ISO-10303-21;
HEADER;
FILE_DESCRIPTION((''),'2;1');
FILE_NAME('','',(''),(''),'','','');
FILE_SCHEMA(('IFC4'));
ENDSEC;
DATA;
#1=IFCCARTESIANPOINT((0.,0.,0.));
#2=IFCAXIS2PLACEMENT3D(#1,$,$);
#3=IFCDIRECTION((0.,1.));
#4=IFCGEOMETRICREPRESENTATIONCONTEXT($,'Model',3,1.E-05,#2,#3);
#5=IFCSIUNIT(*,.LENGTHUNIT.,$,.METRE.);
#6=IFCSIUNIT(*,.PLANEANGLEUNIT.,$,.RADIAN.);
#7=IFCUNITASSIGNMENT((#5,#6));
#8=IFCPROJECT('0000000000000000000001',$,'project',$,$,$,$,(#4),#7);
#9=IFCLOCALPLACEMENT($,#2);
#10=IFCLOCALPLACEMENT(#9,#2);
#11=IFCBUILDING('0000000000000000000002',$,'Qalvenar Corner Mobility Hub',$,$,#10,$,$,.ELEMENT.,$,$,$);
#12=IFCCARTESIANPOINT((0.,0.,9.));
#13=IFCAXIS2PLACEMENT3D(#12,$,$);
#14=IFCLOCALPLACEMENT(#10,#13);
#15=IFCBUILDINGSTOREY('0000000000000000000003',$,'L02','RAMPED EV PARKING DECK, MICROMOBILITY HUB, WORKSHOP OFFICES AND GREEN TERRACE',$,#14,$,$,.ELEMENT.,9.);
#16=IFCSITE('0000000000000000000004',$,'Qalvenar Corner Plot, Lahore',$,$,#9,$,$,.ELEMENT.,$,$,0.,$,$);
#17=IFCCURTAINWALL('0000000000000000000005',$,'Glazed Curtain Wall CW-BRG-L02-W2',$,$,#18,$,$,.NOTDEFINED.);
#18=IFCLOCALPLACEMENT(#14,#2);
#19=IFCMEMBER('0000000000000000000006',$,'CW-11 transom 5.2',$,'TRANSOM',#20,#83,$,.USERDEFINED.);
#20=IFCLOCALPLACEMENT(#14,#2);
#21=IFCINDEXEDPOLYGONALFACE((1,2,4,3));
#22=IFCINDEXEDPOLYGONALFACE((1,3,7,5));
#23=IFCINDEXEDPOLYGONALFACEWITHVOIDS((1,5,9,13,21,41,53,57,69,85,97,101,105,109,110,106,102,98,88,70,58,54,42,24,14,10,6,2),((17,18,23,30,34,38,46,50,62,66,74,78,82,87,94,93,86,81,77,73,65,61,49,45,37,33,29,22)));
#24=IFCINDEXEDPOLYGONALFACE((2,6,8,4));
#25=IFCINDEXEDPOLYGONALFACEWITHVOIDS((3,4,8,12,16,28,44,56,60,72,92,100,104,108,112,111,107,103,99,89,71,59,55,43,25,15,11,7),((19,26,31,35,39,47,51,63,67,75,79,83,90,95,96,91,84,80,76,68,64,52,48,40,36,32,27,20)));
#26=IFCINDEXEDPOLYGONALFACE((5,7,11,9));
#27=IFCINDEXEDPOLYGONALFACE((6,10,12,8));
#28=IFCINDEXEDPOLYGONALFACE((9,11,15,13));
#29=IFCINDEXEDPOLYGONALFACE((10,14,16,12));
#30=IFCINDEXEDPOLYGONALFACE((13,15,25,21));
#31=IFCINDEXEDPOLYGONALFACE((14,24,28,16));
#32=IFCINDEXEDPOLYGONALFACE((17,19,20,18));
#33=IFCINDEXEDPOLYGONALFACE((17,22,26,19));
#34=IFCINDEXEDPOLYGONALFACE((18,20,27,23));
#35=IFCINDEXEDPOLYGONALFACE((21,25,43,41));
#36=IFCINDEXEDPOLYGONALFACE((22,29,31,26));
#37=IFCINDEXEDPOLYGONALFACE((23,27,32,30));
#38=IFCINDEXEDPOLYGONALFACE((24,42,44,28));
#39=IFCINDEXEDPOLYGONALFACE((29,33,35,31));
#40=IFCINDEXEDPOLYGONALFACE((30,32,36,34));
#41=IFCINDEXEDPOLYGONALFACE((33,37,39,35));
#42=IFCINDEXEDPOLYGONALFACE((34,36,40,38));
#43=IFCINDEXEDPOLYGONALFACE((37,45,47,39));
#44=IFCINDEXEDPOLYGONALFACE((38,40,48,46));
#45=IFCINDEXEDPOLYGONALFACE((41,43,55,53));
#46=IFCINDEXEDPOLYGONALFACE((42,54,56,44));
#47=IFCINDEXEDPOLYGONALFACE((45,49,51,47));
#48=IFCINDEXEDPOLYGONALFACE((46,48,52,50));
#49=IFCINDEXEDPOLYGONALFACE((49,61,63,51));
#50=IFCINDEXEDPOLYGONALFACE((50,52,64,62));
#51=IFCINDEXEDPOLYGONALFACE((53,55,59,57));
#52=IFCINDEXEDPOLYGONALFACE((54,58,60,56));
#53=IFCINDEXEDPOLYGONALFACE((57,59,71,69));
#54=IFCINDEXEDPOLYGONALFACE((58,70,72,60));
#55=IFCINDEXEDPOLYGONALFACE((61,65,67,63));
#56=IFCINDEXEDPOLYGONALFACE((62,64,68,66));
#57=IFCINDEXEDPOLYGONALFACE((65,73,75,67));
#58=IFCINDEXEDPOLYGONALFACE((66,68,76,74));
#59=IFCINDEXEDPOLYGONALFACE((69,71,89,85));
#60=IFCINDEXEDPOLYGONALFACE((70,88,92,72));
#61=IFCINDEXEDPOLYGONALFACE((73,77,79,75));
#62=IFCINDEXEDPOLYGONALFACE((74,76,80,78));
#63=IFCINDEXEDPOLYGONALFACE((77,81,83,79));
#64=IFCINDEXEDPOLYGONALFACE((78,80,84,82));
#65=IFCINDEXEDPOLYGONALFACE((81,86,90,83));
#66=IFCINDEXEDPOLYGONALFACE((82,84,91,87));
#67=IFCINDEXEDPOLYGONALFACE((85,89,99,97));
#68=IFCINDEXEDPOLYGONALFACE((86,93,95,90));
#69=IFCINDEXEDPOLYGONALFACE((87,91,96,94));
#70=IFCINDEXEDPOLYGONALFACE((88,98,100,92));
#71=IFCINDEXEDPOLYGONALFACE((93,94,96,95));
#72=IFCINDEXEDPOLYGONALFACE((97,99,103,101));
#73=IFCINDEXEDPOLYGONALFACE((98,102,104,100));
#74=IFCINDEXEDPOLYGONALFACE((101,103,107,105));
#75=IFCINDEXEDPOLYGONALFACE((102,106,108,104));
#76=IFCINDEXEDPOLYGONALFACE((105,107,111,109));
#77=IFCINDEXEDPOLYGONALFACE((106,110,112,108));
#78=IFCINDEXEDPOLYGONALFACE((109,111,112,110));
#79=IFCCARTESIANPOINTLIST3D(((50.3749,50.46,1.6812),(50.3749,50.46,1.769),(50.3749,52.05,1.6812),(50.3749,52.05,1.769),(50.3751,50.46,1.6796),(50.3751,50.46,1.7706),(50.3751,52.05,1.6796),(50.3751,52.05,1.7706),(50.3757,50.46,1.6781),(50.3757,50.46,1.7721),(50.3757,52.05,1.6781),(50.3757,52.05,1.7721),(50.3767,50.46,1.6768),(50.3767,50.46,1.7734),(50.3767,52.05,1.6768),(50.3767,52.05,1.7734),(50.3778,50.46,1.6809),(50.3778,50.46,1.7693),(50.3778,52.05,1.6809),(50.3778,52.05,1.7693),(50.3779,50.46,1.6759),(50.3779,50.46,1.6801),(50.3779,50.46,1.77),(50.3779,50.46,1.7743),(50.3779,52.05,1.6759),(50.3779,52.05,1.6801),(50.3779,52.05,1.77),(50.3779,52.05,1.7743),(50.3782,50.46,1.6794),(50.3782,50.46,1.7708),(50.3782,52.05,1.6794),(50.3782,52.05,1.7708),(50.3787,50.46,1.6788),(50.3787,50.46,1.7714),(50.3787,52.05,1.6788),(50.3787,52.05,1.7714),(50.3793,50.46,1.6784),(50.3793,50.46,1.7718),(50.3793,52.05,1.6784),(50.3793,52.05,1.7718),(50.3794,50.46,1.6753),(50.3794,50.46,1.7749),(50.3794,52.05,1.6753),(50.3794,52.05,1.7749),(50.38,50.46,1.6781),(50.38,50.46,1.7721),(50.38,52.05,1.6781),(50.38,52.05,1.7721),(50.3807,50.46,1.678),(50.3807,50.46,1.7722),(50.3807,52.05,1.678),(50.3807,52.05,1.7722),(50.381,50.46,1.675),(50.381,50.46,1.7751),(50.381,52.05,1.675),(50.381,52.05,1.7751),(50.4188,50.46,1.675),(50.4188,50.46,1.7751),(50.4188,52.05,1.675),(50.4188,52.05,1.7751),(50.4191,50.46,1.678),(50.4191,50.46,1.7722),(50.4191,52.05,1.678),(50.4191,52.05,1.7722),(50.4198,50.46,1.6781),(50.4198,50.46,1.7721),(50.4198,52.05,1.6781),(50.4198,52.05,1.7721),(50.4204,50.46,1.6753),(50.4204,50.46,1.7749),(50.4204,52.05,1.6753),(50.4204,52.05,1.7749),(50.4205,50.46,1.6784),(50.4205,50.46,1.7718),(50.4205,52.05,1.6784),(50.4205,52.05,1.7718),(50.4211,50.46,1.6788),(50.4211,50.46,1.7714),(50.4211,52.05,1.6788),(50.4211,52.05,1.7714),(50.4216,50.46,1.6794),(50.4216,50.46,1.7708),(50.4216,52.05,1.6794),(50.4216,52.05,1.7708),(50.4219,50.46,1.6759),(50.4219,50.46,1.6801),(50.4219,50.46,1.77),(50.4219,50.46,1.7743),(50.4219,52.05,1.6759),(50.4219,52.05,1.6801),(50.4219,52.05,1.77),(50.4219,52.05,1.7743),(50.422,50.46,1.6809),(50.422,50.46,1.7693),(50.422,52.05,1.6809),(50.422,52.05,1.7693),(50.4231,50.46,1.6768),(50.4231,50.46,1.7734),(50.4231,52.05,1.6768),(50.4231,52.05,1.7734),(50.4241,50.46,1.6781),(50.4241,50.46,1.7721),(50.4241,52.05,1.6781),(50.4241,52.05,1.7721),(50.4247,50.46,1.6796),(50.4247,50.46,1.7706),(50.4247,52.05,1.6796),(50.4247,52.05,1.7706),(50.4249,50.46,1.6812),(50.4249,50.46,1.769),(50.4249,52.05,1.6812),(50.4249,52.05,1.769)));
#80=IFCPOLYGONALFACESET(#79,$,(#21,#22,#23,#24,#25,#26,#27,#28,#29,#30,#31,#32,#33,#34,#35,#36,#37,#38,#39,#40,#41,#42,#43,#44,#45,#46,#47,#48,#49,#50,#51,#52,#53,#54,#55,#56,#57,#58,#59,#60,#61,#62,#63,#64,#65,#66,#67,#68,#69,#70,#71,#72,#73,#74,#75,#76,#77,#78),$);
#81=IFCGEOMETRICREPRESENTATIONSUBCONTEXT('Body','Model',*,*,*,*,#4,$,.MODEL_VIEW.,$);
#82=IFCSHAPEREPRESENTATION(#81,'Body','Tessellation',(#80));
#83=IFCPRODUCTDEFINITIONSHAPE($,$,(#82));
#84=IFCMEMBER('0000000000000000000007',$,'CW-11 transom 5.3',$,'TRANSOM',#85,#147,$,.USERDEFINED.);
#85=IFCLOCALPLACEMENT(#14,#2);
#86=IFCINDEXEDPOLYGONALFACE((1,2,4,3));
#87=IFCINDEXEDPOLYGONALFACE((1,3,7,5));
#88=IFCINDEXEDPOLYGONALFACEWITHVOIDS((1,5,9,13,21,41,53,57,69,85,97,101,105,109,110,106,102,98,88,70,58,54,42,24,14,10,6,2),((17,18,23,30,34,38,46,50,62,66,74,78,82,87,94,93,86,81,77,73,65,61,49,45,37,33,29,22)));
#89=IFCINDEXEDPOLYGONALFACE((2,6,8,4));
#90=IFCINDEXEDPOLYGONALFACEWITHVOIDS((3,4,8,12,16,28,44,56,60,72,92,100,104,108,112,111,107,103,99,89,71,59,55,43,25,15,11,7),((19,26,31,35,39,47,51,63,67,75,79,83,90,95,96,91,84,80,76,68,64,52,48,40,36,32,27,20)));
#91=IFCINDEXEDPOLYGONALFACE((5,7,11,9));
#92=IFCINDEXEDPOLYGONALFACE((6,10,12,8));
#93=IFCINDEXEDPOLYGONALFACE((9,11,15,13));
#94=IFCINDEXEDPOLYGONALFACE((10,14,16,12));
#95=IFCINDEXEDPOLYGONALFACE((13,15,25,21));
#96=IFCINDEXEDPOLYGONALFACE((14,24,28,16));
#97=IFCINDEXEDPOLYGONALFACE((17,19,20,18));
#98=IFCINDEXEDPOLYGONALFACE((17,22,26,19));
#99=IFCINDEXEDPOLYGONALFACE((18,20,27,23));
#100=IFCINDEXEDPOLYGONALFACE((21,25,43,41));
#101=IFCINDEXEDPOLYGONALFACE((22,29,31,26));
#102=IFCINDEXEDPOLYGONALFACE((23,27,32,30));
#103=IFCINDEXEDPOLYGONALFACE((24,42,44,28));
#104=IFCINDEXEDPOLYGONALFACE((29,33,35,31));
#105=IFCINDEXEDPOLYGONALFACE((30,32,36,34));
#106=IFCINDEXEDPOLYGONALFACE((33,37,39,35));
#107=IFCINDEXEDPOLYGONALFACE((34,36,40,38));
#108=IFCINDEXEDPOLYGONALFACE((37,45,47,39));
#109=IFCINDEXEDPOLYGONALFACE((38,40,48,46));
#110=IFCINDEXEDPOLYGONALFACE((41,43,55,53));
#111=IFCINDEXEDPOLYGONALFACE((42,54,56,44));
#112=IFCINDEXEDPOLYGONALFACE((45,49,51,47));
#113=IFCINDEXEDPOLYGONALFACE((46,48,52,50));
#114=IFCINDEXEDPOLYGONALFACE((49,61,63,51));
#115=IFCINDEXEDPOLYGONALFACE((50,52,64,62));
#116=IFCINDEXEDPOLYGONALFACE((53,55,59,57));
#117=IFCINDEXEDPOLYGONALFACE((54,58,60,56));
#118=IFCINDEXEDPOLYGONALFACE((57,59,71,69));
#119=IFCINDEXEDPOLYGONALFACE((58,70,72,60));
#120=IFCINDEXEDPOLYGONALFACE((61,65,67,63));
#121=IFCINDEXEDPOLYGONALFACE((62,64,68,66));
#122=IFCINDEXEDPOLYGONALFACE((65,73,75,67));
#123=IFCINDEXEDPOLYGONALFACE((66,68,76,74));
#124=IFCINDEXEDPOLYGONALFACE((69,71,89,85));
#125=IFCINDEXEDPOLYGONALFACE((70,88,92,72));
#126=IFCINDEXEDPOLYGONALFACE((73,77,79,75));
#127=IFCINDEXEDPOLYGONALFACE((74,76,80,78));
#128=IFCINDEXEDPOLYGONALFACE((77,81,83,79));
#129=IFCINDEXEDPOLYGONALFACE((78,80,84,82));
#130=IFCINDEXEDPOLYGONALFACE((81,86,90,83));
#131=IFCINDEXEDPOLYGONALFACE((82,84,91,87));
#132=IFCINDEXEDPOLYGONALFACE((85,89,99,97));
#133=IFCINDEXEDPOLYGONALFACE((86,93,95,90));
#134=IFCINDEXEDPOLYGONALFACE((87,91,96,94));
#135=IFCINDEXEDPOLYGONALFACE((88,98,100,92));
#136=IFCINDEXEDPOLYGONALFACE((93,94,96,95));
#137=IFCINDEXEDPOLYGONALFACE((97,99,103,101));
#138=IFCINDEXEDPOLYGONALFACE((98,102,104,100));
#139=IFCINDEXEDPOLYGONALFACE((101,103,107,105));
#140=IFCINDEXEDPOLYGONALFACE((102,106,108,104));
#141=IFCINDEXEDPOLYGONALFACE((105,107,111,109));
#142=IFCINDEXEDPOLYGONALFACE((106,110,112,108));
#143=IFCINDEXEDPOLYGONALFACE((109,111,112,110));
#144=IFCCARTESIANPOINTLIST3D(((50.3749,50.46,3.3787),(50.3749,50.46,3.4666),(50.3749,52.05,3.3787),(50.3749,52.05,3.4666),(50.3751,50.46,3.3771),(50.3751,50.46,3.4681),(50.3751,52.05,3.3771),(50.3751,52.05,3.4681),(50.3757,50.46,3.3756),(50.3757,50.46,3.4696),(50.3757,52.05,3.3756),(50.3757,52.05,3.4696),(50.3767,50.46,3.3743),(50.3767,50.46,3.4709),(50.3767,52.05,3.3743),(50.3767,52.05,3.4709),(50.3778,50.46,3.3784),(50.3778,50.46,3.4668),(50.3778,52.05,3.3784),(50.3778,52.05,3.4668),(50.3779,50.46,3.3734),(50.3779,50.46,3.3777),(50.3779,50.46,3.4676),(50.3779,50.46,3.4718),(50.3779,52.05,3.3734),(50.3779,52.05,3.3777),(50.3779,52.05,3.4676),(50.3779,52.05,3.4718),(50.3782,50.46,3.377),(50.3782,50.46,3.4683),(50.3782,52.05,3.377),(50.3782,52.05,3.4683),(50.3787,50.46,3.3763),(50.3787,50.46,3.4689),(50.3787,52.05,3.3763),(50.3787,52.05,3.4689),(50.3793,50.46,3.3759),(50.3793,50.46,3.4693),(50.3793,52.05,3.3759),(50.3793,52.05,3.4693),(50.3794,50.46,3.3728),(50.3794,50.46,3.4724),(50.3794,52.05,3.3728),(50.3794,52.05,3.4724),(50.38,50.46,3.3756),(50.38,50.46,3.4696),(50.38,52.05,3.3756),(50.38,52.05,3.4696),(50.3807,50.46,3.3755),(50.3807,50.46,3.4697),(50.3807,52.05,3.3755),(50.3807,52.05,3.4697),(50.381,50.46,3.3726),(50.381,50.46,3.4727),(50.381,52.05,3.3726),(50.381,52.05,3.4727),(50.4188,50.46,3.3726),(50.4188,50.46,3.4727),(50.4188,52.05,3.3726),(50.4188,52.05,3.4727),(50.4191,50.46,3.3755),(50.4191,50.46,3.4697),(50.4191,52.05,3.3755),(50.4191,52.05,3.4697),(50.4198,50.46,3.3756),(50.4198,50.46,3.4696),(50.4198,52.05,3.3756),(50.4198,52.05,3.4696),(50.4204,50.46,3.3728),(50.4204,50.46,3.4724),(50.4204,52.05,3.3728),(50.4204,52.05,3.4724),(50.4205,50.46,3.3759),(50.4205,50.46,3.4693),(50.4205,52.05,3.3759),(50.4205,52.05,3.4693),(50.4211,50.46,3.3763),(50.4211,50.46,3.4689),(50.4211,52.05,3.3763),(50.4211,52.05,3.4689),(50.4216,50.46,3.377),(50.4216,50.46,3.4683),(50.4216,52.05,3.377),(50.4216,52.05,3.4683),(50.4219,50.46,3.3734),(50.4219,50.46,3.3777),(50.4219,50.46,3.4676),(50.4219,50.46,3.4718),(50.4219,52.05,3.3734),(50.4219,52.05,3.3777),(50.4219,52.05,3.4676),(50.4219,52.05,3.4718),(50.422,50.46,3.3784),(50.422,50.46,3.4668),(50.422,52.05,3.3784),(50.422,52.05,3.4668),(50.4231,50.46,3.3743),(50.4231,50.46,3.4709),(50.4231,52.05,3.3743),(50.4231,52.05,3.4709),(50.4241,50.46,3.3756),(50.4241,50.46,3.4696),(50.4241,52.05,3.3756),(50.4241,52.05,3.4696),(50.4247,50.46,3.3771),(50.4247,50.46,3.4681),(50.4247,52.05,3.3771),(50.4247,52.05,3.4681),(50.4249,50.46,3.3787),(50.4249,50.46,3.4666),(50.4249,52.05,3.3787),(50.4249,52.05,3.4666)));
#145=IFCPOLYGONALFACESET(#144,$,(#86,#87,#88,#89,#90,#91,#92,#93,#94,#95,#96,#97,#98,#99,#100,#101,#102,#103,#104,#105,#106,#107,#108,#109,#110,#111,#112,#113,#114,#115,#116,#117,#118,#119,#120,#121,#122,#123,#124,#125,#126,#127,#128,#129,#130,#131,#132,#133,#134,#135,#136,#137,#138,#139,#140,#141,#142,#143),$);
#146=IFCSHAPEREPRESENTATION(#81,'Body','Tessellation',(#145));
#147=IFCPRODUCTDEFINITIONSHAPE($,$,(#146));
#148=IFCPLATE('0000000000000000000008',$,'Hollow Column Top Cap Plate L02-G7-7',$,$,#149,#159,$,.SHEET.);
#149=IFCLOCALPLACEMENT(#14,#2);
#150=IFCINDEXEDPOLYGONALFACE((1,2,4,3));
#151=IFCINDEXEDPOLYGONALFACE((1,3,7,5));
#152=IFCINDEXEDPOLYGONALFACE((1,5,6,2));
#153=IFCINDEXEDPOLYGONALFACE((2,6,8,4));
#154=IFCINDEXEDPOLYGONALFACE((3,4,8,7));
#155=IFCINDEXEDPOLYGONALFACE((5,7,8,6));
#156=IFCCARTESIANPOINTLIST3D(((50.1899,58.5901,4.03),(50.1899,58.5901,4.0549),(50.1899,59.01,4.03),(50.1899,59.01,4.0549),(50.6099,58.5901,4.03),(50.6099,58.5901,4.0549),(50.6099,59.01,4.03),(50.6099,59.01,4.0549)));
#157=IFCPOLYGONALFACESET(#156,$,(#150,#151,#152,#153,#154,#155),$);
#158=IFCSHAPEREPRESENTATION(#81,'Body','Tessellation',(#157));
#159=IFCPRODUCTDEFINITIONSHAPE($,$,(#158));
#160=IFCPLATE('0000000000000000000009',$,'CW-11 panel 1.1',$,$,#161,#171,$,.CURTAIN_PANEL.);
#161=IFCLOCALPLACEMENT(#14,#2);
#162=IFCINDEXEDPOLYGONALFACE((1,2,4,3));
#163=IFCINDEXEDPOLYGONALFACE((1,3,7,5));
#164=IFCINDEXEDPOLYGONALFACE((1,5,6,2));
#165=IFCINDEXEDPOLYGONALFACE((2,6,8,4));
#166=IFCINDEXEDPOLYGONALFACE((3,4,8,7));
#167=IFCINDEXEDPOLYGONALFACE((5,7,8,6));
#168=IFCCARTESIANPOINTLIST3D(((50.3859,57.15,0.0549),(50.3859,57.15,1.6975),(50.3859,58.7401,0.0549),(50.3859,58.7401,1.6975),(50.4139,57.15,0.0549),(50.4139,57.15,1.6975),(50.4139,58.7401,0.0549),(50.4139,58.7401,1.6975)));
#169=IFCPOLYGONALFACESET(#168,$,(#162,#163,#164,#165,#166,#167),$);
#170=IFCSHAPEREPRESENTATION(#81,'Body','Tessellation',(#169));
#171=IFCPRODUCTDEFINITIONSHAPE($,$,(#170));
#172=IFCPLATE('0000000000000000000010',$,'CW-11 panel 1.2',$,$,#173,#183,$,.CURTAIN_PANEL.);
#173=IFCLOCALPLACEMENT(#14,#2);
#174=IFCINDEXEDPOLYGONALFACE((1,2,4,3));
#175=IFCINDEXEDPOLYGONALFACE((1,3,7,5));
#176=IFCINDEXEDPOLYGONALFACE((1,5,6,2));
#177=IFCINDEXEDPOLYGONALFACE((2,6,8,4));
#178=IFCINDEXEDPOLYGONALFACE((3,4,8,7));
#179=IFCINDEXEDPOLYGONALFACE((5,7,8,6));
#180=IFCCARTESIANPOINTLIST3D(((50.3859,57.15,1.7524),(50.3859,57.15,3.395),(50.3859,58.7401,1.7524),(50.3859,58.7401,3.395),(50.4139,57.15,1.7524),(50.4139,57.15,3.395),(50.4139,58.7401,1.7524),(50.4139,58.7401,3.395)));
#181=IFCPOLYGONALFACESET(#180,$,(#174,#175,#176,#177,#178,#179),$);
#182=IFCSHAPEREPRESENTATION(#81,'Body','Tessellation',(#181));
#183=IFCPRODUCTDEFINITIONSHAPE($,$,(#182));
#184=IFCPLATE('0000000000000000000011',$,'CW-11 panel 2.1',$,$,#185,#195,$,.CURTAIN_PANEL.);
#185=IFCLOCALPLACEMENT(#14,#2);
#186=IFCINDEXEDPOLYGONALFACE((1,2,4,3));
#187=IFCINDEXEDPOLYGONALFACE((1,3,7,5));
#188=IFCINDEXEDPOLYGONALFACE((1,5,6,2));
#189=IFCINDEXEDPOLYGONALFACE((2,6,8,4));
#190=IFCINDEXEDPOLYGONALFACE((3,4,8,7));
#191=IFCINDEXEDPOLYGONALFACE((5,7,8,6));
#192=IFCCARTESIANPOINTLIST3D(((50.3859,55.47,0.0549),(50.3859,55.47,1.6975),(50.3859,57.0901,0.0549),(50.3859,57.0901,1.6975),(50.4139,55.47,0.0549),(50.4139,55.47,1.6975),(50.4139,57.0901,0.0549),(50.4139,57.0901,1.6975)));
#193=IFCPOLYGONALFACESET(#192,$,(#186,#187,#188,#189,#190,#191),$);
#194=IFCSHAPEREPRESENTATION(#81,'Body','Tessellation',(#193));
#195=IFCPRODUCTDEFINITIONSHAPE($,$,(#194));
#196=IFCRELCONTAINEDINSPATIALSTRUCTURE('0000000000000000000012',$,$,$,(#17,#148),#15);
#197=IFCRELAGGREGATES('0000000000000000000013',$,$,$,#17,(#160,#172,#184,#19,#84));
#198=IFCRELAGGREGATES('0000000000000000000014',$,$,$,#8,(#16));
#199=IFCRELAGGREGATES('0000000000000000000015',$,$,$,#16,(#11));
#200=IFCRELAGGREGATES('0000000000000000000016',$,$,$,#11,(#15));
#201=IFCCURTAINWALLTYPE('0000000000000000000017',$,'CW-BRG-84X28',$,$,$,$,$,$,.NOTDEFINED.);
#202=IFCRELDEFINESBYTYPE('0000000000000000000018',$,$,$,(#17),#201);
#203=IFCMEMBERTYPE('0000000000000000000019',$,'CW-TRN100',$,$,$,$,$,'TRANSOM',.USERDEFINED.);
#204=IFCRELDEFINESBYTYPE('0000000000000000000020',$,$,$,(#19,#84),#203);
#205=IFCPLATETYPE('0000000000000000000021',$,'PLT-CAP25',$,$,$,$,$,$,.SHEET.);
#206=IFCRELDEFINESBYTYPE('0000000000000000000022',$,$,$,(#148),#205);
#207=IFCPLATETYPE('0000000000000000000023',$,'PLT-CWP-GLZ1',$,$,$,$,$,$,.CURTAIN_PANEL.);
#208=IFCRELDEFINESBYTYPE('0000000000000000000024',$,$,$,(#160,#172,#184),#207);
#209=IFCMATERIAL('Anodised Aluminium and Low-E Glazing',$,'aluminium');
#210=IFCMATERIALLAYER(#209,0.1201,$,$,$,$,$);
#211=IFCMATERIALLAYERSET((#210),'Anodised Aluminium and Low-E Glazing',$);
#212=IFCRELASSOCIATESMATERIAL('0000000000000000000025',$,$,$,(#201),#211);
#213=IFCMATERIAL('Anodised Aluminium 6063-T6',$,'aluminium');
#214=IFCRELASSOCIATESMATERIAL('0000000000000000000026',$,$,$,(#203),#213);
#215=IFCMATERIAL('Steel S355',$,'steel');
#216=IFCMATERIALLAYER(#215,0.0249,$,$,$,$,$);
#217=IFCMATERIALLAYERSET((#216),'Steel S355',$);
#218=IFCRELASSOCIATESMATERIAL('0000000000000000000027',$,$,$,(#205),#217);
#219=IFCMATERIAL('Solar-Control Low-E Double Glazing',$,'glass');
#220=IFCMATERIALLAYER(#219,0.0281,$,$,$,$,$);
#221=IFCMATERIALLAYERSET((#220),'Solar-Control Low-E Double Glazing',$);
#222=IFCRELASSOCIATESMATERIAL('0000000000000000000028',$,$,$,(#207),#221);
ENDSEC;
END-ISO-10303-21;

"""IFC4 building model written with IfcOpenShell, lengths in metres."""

from ifc_helpers import new_model, si_unit, direction, frame, origin, origin_2d, place, context, subcontext, project, spatial, rectangle, hollow_rectangle, extrude, material, layer, layer_set, material_profile, profile_set, type_object, element, aggregate, save


model = new_model("IFC4")

# Units and contexts
model_context = context("Model", 3, precision=1e-05, world=origin(), true_north=direction((0.0, 1.0)))
body_context = subcontext(model_context, "Body", "Model", "MODEL_VIEW")
ifc_project = project(units=[si_unit("LENGTHUNIT", "METRE"), si_unit("PLANEANGLEUNIT", "RADIAN")], contexts=[model_context])

# Site, building, storey
site_placement = place(None, origin())
site = spatial("IfcSite", under=ifc_project, at=site_placement, Name="Qalvenar Corner Plot, Lahore", CompositionType="ELEMENT", RefElevation=0.0)
building_placement = place(site_placement, origin())
building = spatial("IfcBuilding", under=site, at=building_placement, Name="Qalvenar Corner Mobility Hub", CompositionType="ELEMENT")
storey_placement = place(building_placement, frame((0.0, 0.0, 9.0)))
storey = spatial("IfcBuildingStorey", under=building, at=storey_placement, Name="L02", Description="RAMPED EV PARKING DECK, MICROMOBILITY HUB, WORKSHOP OFFICES AND GREEN TERRACE", CompositionType="ELEMENT", Elevation=9.0)

# Curtain wall, members
ifc_material_1 = material(Name="Anodised Aluminium and Low-E Glazing", Category="aluminium")
ifc_layer_1 = layer(ifc_material_1, 0.1201)
ifc_layer_set_1 = layer_set([ifc_layer_1], Name="Anodised Aluminium and Low-E Glazing")
curtain_wall_type = type_object("IfcCurtainWallType", Name="CW-BRG-84X28", PredefinedType="NOTDEFINED", material=ifc_layer_set_1)
curtain_wall_placement = place(storey_placement, origin())
curtain_wall = element("IfcCurtainWall", 1, at=curtain_wall_placement, inside=storey, type_object=curtain_wall_type, Name="Glazed Curtain Wall CW-BRG-L02-W2", PredefinedType="NOTDEFINED")
ifc_material_2 = material(Name="Anodised Aluminium 6063-T6", Category="aluminium")
ifc_material_profile_1 = material_profile(ifc_material_2, hollow_rectangle(XDim=0.05, YDim=0.1001, WallThickness=0.0029, InnerFilletRadius=0.0029, OuterFilletRadius=0.0061, at=origin_2d()), Name="RHS100x50x3")
ifc_profile_set_1 = profile_set([ifc_material_profile_1], Name="Anodised Aluminium 6063-T6")
member_type_1 = type_object("IfcMemberType", Name="CW-TRN100", ElementType="TRANSOM", PredefinedType="USERDEFINED", material=ifc_profile_set_1)
member_1_placement = place(storey_placement, frame((50.3999, 52.05, 1.7251), z_axis=(0.0, -1.0, 0.0), x_axis=(1.0, 0.0, 0.0)))
member_1 = element("IfcMember", 2, at=member_1_placement, type_object=member_type_1, Name="CW-11 transom 5.2", ObjectType="TRANSOM", PredefinedType="USERDEFINED", context=body_context, shape_type="SweptSolid", body=[
    extrude(hollow_rectangle(XDim=0.05, YDim=0.1001, WallThickness=0.0029, InnerFilletRadius=0.0029, OuterFilletRadius=0.0061, at=origin_2d()), origin(), (0.0, 0.0, 1.0), 1.5901),
])
member_2_placement = place(storey_placement, frame((50.3999, 52.05, 3.4226), z_axis=(0.0, -1.0, 0.0), x_axis=(1.0, 0.0, 0.0)))
member_2 = element("IfcMember", 3, at=member_2_placement, type_object=member_type_1, Name="CW-11 transom 5.3", ObjectType="TRANSOM", PredefinedType="USERDEFINED", context=body_context, shape_type="SweptSolid", body=[
    extrude(hollow_rectangle(XDim=0.05, YDim=0.1001, WallThickness=0.0029, InnerFilletRadius=0.0029, OuterFilletRadius=0.0061, at=origin_2d()), origin(), (0.0, 0.0, 1.0), 1.5901),
])

# Plates
ifc_material_3 = material(Name="Steel S355", Category="steel")
ifc_layer_2 = layer(ifc_material_3, 0.0249)
ifc_layer_set_2 = layer_set([ifc_layer_2], Name="Steel S355")
plate_type_1 = type_object("IfcPlateType", Name="PLT-CAP25", PredefinedType="SHEET", material=ifc_layer_set_2)
plate_1_placement = place(storey_placement, frame((50.3999, 58.8, 4.03), z_axis=(0.0, 0.0, 1.0), x_axis=(1.0, 0.0, 0.0)))
element("IfcPlate", 4, at=plate_1_placement, inside=storey, type_object=plate_type_1, Name="Hollow Column Top Cap Plate L02-G7-7", PredefinedType="SHEET", context=body_context, shape_type="SweptSolid", body=[
    extrude(rectangle(XDim=0.4199, YDim=0.4199, at=origin_2d()), origin(), (0.0, 0.0, 1.0), 0.0249),
])
ifc_material_4 = material(Name="Solar-Control Low-E Double Glazing", Category="glass")
ifc_layer_3 = layer(ifc_material_4, 0.0281)
ifc_layer_set_3 = layer_set([ifc_layer_3], Name="Solar-Control Low-E Double Glazing")
plate_type_2 = type_object("IfcPlateType", Name="PLT-CWP-GLZ1", PredefinedType="CURTAIN_PANEL", material=ifc_layer_set_3)
plate_2_placement = place(storey_placement, frame((50.3999, 57.9451, 0.0549), z_axis=(0.0, 0.0, 1.0), x_axis=(0.0, -1.0, 0.0)))
plate_2 = element("IfcPlate", 5, at=plate_2_placement, type_object=plate_type_2, Name="CW-11 panel 1.1", PredefinedType="CURTAIN_PANEL", context=body_context, shape_type="SweptSolid", body=[
    extrude(rectangle(XDim=1.5901, YDim=0.0281, at=origin_2d()), origin(), (0.0, 0.0, 1.0), 1.6426),
])
plate_3_placement = place(storey_placement, frame((50.3999, 57.9451, 1.7524), z_axis=(0.0, 0.0, 1.0), x_axis=(0.0, -1.0, 0.0)))
plate_3 = element("IfcPlate", 6, at=plate_3_placement, type_object=plate_type_2, Name="CW-11 panel 1.2", PredefinedType="CURTAIN_PANEL", context=body_context, shape_type="SweptSolid", body=[
    extrude(rectangle(XDim=1.5901, YDim=0.0281, at=origin_2d()), origin(), (0.0, 0.0, 1.0), 1.6426),
])
plate_4_placement = place(storey_placement, frame((50.3999, 56.28, 0.0549), z_axis=(0.0, 0.0, 1.0), x_axis=(0.0, -1.0, 0.0)))
plate_4 = element("IfcPlate", 7, at=plate_4_placement, type_object=plate_type_2, Name="CW-11 panel 2.1", PredefinedType="CURTAIN_PANEL", context=body_context, shape_type="SweptSolid", body=[
    extrude(rectangle(XDim=1.6201, YDim=0.0281, at=origin_2d()), origin(), (0.0, 0.0, 1.0), 1.6426),
])
aggregate(curtain_wall, [plate_2, plate_3, plate_4, member_1, member_2])

save(model, "model.ifc")
